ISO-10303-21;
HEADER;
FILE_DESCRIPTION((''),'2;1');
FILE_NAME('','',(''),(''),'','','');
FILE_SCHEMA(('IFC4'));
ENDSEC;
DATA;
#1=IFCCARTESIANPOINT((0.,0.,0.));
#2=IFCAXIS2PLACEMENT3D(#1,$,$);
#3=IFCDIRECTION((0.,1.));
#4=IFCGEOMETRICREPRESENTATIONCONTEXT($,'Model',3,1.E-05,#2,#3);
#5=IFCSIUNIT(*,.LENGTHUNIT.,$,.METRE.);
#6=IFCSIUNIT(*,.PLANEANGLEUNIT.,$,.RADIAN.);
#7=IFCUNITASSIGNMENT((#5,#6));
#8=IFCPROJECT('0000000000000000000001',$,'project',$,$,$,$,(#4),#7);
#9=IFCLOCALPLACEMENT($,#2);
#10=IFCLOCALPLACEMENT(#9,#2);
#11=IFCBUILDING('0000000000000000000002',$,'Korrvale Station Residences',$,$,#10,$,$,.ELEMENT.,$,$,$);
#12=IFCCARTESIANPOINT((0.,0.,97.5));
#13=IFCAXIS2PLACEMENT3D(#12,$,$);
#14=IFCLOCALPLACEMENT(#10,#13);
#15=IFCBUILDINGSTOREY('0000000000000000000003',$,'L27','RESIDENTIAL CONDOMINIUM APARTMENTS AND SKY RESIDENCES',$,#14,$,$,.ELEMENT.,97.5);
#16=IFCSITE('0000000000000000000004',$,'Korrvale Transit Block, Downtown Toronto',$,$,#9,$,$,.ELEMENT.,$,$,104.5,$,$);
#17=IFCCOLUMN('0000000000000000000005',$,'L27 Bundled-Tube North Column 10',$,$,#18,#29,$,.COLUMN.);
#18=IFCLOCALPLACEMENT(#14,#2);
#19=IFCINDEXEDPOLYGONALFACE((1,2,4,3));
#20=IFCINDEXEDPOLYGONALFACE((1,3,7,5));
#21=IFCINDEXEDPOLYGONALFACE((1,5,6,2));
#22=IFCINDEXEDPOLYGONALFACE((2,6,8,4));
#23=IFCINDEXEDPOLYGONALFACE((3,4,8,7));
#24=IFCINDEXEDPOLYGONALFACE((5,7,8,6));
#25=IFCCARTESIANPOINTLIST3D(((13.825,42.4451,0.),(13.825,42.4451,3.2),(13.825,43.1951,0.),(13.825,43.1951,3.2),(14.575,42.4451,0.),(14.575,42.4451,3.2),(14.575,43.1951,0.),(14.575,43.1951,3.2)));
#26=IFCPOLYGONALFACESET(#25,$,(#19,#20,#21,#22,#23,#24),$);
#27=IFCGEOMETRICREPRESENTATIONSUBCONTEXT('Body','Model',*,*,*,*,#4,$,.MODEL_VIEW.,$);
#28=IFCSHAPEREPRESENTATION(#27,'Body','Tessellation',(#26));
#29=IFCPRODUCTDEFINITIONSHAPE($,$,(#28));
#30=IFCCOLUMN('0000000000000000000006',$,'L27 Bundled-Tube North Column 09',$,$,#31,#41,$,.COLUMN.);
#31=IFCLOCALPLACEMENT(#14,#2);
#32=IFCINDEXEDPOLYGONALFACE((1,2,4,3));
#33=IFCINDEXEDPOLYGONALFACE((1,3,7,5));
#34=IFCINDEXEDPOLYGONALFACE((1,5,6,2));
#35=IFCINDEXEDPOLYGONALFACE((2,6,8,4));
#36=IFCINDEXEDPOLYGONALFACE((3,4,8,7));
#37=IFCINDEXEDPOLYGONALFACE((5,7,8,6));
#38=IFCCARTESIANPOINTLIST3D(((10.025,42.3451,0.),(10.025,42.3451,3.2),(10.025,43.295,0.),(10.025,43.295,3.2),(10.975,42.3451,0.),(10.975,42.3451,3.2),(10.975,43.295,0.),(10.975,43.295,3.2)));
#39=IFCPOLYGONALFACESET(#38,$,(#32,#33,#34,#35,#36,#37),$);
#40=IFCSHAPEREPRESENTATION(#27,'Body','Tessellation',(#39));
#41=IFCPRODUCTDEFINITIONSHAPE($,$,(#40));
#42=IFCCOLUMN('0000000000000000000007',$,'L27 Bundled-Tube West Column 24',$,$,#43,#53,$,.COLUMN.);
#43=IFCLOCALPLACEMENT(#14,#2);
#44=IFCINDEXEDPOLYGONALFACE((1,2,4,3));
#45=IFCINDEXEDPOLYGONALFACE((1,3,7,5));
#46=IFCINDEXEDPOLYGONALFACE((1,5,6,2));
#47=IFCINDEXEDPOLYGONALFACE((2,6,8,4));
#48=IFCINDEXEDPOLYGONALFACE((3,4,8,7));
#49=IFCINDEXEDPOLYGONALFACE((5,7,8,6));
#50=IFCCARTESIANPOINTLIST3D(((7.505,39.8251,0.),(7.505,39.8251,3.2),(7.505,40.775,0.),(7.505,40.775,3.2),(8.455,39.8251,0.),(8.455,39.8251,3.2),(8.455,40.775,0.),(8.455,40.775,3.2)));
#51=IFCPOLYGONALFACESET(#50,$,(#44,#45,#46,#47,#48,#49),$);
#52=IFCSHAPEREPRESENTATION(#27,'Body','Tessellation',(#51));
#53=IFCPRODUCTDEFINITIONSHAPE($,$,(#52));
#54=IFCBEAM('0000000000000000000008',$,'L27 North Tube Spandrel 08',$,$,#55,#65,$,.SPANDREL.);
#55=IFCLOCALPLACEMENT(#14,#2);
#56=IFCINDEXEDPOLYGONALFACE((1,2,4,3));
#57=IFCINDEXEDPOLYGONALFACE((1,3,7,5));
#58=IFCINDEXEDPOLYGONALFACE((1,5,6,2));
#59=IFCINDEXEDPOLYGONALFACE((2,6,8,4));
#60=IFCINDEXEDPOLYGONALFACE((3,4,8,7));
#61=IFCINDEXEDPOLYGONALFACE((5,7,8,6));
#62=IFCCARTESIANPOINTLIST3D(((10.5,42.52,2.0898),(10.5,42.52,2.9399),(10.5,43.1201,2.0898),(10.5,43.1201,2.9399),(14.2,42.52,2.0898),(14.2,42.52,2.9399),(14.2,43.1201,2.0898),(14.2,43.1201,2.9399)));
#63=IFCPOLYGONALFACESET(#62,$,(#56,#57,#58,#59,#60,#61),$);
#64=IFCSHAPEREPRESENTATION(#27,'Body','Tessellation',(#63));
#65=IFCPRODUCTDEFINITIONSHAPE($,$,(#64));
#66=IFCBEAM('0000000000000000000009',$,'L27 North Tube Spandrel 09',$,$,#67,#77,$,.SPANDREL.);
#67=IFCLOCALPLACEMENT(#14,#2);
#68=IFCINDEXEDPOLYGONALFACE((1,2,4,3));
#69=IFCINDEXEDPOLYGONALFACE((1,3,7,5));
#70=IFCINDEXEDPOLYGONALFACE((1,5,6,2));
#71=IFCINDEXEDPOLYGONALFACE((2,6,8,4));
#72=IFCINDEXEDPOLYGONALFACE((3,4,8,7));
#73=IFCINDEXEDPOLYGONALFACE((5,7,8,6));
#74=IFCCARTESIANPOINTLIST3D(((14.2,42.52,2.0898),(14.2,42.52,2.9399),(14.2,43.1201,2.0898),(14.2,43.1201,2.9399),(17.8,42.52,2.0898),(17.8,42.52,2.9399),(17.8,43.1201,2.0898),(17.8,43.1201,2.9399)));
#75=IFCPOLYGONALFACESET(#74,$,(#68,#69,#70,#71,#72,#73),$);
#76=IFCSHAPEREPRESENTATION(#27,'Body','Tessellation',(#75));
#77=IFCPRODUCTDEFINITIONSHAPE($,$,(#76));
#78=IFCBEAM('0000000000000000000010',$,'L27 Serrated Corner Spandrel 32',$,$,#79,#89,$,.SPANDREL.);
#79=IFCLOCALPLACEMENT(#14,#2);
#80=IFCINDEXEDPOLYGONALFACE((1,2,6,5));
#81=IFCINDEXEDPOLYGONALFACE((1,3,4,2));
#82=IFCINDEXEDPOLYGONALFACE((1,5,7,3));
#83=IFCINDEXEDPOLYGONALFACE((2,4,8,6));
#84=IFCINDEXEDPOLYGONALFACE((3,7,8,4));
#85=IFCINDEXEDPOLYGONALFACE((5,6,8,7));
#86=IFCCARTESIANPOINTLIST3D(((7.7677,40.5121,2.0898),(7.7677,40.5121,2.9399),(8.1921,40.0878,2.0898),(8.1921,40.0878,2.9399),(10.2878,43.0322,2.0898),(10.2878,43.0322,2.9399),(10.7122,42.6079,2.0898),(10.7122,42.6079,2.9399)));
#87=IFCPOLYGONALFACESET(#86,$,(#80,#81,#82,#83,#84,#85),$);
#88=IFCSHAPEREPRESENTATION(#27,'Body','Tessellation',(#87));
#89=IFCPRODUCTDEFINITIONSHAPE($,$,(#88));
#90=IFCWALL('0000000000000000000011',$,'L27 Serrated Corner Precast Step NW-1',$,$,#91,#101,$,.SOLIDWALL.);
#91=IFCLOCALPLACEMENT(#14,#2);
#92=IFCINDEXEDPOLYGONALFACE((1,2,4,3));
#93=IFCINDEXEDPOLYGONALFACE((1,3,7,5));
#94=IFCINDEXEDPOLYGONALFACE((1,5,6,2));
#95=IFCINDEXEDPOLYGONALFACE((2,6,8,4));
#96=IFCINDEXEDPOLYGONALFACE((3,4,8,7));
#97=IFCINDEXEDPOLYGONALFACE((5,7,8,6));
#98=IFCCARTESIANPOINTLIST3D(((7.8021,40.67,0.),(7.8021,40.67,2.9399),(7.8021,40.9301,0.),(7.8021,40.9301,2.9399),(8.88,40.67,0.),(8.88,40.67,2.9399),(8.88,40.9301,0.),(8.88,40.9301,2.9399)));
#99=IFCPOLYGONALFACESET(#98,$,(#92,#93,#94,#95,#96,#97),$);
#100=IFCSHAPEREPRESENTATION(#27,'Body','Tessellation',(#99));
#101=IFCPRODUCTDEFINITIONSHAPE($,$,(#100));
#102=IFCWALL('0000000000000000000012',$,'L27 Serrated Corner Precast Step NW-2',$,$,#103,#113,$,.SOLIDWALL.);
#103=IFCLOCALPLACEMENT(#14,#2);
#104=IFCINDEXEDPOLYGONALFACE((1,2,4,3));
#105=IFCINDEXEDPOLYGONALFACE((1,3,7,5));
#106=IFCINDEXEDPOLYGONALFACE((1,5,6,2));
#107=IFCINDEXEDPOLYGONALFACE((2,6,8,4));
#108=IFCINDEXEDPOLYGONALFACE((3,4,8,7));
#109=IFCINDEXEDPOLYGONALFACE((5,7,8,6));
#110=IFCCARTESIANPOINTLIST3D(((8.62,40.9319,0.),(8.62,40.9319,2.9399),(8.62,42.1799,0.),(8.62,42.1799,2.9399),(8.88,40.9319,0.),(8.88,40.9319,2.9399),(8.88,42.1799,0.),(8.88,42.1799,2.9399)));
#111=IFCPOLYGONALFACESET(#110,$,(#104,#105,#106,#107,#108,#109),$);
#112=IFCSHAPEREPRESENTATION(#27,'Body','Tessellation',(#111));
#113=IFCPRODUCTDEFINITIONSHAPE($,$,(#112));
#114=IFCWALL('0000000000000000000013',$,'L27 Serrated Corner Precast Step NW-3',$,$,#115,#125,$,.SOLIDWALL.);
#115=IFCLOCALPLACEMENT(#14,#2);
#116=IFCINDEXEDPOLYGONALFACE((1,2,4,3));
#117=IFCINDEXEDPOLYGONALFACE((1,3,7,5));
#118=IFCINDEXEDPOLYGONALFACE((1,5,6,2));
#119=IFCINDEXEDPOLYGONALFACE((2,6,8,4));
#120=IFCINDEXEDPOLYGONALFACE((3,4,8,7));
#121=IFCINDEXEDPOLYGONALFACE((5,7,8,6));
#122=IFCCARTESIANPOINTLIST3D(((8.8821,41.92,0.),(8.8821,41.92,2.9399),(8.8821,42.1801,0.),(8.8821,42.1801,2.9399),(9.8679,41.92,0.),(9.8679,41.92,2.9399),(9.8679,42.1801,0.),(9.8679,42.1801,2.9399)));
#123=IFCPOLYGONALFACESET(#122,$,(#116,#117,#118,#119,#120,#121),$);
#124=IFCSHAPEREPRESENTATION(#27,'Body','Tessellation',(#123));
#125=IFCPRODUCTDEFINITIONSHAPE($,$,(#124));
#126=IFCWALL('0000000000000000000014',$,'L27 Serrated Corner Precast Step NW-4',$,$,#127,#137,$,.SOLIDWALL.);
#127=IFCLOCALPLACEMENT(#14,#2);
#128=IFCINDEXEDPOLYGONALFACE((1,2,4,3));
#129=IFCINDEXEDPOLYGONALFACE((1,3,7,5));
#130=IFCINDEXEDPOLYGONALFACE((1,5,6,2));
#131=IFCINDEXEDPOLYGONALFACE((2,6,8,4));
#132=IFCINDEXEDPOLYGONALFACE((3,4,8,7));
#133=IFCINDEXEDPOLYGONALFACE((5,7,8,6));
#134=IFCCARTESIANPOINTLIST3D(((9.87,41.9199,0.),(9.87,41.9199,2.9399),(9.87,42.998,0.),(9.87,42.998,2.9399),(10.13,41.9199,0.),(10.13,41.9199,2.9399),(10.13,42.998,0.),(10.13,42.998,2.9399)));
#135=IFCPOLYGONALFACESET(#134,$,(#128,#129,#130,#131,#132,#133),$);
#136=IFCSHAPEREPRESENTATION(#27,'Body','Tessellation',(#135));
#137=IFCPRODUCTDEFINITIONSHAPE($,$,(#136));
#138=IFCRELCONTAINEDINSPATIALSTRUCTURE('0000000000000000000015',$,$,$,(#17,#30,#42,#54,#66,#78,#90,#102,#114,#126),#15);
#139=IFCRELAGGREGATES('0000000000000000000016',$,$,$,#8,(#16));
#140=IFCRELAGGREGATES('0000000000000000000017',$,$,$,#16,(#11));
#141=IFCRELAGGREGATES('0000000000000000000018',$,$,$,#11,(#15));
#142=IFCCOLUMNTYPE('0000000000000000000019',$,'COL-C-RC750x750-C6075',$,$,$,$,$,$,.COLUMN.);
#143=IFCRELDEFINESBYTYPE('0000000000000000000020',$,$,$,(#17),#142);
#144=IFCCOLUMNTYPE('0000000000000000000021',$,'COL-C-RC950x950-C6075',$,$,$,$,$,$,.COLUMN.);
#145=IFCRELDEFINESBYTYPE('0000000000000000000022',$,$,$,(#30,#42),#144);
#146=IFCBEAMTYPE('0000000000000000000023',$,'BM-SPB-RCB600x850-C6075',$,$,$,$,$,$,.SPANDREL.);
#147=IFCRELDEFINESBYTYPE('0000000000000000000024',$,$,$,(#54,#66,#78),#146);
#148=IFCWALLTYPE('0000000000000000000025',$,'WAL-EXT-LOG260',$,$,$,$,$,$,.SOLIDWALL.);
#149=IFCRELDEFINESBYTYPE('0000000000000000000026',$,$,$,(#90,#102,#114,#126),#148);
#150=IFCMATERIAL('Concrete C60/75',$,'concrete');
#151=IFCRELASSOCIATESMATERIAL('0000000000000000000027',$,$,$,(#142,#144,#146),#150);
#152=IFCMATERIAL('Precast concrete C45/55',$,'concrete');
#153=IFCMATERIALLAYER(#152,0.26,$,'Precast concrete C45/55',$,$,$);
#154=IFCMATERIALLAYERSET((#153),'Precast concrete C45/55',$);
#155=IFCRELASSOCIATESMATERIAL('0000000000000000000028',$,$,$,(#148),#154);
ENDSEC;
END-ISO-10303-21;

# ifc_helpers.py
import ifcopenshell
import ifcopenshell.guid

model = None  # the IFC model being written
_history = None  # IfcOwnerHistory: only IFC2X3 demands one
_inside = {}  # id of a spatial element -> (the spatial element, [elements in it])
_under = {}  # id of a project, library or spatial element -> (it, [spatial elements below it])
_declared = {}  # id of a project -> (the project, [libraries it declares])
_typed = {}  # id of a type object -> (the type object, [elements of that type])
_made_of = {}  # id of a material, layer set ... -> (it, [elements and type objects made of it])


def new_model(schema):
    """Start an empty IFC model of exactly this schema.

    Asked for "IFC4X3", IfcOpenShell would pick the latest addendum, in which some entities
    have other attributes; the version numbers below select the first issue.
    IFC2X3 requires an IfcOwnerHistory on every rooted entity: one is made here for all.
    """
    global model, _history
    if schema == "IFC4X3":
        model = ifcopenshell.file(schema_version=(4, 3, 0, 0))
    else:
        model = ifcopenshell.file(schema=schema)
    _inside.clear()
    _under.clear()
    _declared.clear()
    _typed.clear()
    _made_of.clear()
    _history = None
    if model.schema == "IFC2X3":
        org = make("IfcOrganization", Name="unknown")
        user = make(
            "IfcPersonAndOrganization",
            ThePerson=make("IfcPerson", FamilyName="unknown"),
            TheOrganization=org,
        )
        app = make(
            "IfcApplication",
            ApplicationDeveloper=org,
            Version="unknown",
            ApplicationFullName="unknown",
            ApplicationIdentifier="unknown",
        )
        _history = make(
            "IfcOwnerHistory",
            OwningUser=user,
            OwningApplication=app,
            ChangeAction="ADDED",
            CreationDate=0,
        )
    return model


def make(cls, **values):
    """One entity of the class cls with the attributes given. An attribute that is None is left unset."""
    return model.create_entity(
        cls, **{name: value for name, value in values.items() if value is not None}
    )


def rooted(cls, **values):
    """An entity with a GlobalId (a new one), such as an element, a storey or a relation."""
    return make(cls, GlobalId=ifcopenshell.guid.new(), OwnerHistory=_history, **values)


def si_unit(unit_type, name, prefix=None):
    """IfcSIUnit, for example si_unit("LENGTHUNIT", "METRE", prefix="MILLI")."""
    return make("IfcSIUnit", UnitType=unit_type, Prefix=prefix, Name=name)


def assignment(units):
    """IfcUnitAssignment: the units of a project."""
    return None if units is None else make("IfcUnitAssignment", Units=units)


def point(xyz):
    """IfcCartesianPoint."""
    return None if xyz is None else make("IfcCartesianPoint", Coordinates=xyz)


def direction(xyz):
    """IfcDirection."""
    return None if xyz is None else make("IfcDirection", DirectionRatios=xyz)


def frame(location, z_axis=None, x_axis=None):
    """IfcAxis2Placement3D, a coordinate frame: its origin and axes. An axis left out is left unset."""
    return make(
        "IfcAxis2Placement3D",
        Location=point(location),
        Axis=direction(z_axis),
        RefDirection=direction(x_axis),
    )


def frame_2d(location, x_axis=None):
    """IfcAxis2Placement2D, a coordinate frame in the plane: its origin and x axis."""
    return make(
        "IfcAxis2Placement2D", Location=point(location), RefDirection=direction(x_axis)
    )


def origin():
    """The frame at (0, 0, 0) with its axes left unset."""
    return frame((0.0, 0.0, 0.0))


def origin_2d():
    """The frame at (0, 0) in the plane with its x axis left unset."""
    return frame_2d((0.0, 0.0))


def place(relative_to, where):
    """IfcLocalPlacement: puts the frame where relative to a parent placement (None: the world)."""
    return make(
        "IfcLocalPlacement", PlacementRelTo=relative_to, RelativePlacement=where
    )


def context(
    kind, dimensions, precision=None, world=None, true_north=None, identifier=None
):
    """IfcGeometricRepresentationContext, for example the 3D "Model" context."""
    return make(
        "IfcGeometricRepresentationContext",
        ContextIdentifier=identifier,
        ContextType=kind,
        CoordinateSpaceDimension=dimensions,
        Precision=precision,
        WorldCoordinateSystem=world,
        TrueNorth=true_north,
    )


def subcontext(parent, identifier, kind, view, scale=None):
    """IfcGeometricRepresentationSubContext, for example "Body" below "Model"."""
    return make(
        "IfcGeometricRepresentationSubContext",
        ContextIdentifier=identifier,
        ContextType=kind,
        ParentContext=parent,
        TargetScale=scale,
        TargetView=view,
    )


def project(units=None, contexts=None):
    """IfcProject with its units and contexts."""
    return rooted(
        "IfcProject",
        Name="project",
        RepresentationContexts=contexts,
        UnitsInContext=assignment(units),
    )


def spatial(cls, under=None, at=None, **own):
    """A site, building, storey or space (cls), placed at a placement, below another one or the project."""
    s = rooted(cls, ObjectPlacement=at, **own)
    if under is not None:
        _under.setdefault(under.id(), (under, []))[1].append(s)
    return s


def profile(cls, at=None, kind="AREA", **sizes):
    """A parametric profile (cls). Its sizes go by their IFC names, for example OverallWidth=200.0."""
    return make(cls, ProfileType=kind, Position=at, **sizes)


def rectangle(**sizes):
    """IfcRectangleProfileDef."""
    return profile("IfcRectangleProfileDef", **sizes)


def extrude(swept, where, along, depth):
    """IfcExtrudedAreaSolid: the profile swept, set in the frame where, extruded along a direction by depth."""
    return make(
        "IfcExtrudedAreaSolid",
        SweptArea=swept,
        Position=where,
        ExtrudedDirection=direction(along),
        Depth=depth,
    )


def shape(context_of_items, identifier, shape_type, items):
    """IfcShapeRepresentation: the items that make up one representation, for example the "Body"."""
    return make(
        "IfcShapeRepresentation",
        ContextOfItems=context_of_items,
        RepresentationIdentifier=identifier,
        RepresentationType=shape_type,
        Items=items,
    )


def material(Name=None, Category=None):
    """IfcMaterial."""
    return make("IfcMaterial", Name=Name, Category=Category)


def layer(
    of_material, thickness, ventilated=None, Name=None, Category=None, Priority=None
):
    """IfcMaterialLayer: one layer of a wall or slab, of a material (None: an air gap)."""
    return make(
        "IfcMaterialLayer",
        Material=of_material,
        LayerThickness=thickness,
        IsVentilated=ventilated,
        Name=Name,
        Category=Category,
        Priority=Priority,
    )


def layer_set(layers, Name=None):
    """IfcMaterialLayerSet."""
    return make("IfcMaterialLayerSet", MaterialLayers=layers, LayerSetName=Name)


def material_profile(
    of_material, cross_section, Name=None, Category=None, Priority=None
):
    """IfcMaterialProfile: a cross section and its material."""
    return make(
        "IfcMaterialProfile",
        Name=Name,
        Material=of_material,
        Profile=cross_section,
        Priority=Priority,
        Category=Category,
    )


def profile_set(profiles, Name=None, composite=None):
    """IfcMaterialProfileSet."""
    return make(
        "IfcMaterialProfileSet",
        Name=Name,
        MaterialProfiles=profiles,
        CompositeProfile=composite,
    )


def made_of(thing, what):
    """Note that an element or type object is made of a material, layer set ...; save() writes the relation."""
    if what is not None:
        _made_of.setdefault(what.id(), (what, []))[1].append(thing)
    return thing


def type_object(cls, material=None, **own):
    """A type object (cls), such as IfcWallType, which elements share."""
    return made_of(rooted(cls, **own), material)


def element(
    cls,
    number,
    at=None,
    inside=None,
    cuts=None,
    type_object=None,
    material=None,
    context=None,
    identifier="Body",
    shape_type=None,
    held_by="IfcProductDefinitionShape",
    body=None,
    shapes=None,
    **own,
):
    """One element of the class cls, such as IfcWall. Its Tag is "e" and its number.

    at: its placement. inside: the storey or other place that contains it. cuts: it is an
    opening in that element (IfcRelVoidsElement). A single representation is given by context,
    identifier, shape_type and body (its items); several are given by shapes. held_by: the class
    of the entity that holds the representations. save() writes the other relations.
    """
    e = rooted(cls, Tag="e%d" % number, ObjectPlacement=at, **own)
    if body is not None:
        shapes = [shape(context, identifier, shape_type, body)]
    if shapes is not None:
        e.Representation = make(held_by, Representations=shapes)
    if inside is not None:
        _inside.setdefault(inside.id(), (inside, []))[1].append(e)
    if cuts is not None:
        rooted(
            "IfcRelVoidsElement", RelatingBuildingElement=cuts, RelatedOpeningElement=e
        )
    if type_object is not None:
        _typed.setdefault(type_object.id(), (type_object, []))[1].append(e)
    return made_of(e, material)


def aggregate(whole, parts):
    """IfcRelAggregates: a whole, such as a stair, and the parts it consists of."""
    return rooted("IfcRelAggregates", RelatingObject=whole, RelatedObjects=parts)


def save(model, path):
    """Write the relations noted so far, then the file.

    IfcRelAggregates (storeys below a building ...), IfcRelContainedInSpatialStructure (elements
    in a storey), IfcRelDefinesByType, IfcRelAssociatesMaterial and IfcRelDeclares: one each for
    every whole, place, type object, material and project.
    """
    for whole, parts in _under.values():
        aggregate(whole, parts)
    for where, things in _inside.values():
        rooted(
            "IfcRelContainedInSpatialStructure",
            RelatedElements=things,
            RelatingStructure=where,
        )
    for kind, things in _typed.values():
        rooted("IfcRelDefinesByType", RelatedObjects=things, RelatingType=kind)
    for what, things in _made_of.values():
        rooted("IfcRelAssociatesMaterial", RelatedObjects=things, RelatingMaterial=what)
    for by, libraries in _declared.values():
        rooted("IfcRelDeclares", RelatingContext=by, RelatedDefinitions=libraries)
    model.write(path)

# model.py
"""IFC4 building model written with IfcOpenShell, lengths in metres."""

from ifc_helpers import new_model, si_unit, direction, frame, frame_2d, origin, origin_2d, place, context, subcontext, project, spatial, rectangle, extrude, material, layer, layer_set, material_profile, profile_set, type_object, element, save


model = new_model("IFC4")

# Units and contexts
model_context = context("Model", 3, precision=1e-05, world=origin(), true_north=direction((0.0, 1.0)))
body_context = subcontext(model_context, "Body", "Model", "MODEL_VIEW")
ifc_project = project(units=[si_unit("LENGTHUNIT", "METRE"), si_unit("PLANEANGLEUNIT", "RADIAN")], contexts=[model_context])

# Site, building, storey
site_placement = place(None, origin())
site = spatial("IfcSite", under=ifc_project, at=site_placement, Name="Korrvale Transit Block, Downtown Toronto", CompositionType="ELEMENT", RefElevation=104.5)
building_placement = place(site_placement, origin())
building = spatial("IfcBuilding", under=site, at=building_placement, Name="Korrvale Station Residences", CompositionType="ELEMENT")
storey_placement = place(building_placement, frame((0.0, 0.0, 97.5)))
storey = spatial("IfcBuildingStorey", under=building, at=storey_placement, Name="L27", Description="RESIDENTIAL CONDOMINIUM APARTMENTS AND SKY RESIDENCES", CompositionType="ELEMENT", Elevation=97.5)

# Columns
ifc_material_1 = material(Name="Concrete C60/75", Category="concrete")
ifc_material_profile_1 = material_profile(ifc_material_1, rectangle(XDim=0.75, YDim=0.75, at=origin_2d()), Name="RC750x750")
ifc_profile_set_1 = profile_set([ifc_material_profile_1], Name="Concrete C60/75")
column_type_1 = type_object("IfcColumnType", Name="COL-C-RC750x750-C6075", PredefinedType="COLUMN", material=ifc_profile_set_1)
column_placement = place(storey_placement, frame((14.2, 42.8201, 0.0), z_axis=(0.0, 0.0, 1.0), x_axis=(1.0, 0.0, 0.0)))
element("IfcColumn", 1, at=column_placement, inside=storey, type_object=column_type_1, Name="L27 Bundled-Tube North Column 10", PredefinedType="COLUMN", context=body_context, shape_type="SweptSolid", body=[
    extrude(rectangle(XDim=0.75, YDim=0.75, at=origin_2d()), origin(), (0.0, 0.0, 1.0), 3.2),
])
ifc_material_profile_2 = material_profile(ifc_material_1, rectangle(XDim=0.95, YDim=0.95, at=origin_2d()), Name="RC950x950")
ifc_profile_set_2 = profile_set([ifc_material_profile_2], Name="Concrete C60/75")
column_type_2 = type_object("IfcColumnType", Name="COL-C-RC950x950-C6075", PredefinedType="COLUMN", material=ifc_profile_set_2)
for number, where, z_axis, x_axis, name in (
    (2, (10.5, 42.8201, 0.0), (0.0, 0.0, 1.0), (1.0, 0.0, 0.0), "L27 Bundled-Tube North Column 09"),
    (3, (7.98, 40.3, 0.0), (0.0, 0.0, 1.0), (1.0, 0.0, 0.0), "L27 Bundled-Tube West Column 24"),
):
    element("IfcColumn", number, at=place(storey_placement, frame(where, z_axis=z_axis, x_axis=x_axis)), inside=storey, type_object=column_type_2, Name=name, PredefinedType="COLUMN", context=body_context, shape_type="SweptSolid", body=[
        extrude(rectangle(XDim=0.95, YDim=0.95, at=origin_2d()), origin(), (0.0, 0.0, 1.0), 3.2),
    ])

# Beams
ifc_material_profile_3 = material_profile(ifc_material_1, rectangle(XDim=0.6001, YDim=0.8501, at=origin_2d()), Name="RCB600x850")
ifc_profile_set_3 = profile_set([ifc_material_profile_3], Name="Concrete C60/75")
beam_type = type_object("IfcBeamType", Name="BM-SPB-RCB600x850-C6075", PredefinedType="SPANDREL", material=ifc_profile_set_3)
beam_1_placement = place(storey_placement, frame((10.5, 42.8201, 2.5149), z_axis=(1.0, 0.0, 0.0), x_axis=(0.0, 1.0, 0.0)))
element("IfcBeam", 4, at=beam_1_placement, inside=storey, type_object=beam_type, Name="L27 North Tube Spandrel 08", PredefinedType="SPANDREL", context=body_context, shape_type="SweptSolid", body=[
    extrude(rectangle(XDim=0.6001, YDim=0.8501, at=origin_2d()), origin(), (0.0, 0.0, 1.0), 3.7),
])
beam_2_placement = place(storey_placement, frame((14.2, 42.8201, 2.5149), z_axis=(1.0, 0.0, 0.0), x_axis=(0.0, 1.0, 0.0)))
element("IfcBeam", 5, at=beam_2_placement, inside=storey, type_object=beam_type, Name="L27 North Tube Spandrel 09", PredefinedType="SPANDREL", context=body_context, shape_type="SweptSolid", body=[
    extrude(rectangle(XDim=0.6001, YDim=0.8501, at=origin_2d()), origin(), (0.0, 0.0, 1.0), 3.6001),
])
beam_3_placement = place(storey_placement, frame((10.5, 42.8201, 2.5149), z_axis=(-0.707107, -0.707107, 0.0), x_axis=(0.707107, -0.707107, 0.0)))
element("IfcBeam", 6, at=beam_3_placement, inside=storey, type_object=beam_type, Name="L27 Serrated Corner Spandrel 32", PredefinedType="SPANDREL", context=body_context, shape_type="SweptSolid", body=[
    extrude(rectangle(XDim=0.6001, YDim=0.8501, at=origin_2d()), origin(), (0.0, 0.0, 1.0), 3.564),
])

# Walls
ifc_material_2 = material(Name="Precast concrete C45/55", Category="concrete")
ifc_layer_1 = layer(ifc_material_2, 0.26, Name="Precast concrete C45/55")
ifc_layer_set_1 = layer_set([ifc_layer_1], Name="Precast concrete C45/55")
wall_type_1 = type_object("IfcWallType", Name="WAL-EXT-LOG260", PredefinedType="SOLIDWALL", material=ifc_layer_set_1)
wall_1_placement = place(storey_placement, frame((7.802, 40.8, 0.0), z_axis=(0.0, 0.0, 1.0), x_axis=(1.0, 0.0, 0.0)))
element("IfcWall", 7, at=wall_1_placement, inside=storey, type_object=wall_type_1, Name="L27 Serrated Corner Precast Step NW-1", PredefinedType="SOLIDWALL", context=body_context, shape_type="SweptSolid", body=[
    extrude(rectangle(XDim=1.0779, YDim=0.26, at=frame_2d((0.5391, 0.0))), origin(), (0.0, 0.0, 1.0), 2.9399),
])
wall_2_placement = place(storey_placement, frame((8.75, 40.9319, 0.0), z_axis=(0.0, 0.0, 1.0), x_axis=(0.0, 1.0, 0.0)))
element("IfcWall", 8, at=wall_2_placement, inside=storey, type_object=wall_type_1, Name="L27 Serrated Corner Precast Step NW-2", PredefinedType="SOLIDWALL", context=body_context, shape_type="SweptSolid", body=[
    extrude(rectangle(XDim=1.248, YDim=0.26, at=frame_2d((0.624, 0.0))), origin(), (0.0, 0.0, 1.0), 2.9399),
])
wall_3_placement = place(storey_placement, frame((8.8821, 42.05, 0.0), z_axis=(0.0, 0.0, 1.0), x_axis=(1.0, 0.0, 0.0)))
element("IfcWall", 9, at=wall_3_placement, inside=storey, type_object=wall_type_1, Name="L27 Serrated Corner Precast Step NW-3", PredefinedType="SOLIDWALL", context=body_context, shape_type="SweptSolid", body=[
    extrude(rectangle(XDim=0.9858, YDim=0.26, at=frame_2d((0.4929, 0.0))), origin(), (0.0, 0.0, 1.0), 2.9399),
])
wall_4_placement = place(storey_placement, frame((10.0, 41.9199, 0.0), z_axis=(0.0, 0.0, 1.0), x_axis=(0.0, 1.0, 0.0)))
element("IfcWall", 10, at=wall_4_placement, inside=storey, type_object=wall_type_1, Name="L27 Serrated Corner Precast Step NW-4", PredefinedType="SOLIDWALL", context=body_context, shape_type="SweptSolid", body=[
    extrude(rectangle(XDim=1.0781, YDim=0.26, at=frame_2d((0.5391, 0.0))), origin(), (0.0, 0.0, 1.0), 2.9399),
])

save(model, "model.ifc")
